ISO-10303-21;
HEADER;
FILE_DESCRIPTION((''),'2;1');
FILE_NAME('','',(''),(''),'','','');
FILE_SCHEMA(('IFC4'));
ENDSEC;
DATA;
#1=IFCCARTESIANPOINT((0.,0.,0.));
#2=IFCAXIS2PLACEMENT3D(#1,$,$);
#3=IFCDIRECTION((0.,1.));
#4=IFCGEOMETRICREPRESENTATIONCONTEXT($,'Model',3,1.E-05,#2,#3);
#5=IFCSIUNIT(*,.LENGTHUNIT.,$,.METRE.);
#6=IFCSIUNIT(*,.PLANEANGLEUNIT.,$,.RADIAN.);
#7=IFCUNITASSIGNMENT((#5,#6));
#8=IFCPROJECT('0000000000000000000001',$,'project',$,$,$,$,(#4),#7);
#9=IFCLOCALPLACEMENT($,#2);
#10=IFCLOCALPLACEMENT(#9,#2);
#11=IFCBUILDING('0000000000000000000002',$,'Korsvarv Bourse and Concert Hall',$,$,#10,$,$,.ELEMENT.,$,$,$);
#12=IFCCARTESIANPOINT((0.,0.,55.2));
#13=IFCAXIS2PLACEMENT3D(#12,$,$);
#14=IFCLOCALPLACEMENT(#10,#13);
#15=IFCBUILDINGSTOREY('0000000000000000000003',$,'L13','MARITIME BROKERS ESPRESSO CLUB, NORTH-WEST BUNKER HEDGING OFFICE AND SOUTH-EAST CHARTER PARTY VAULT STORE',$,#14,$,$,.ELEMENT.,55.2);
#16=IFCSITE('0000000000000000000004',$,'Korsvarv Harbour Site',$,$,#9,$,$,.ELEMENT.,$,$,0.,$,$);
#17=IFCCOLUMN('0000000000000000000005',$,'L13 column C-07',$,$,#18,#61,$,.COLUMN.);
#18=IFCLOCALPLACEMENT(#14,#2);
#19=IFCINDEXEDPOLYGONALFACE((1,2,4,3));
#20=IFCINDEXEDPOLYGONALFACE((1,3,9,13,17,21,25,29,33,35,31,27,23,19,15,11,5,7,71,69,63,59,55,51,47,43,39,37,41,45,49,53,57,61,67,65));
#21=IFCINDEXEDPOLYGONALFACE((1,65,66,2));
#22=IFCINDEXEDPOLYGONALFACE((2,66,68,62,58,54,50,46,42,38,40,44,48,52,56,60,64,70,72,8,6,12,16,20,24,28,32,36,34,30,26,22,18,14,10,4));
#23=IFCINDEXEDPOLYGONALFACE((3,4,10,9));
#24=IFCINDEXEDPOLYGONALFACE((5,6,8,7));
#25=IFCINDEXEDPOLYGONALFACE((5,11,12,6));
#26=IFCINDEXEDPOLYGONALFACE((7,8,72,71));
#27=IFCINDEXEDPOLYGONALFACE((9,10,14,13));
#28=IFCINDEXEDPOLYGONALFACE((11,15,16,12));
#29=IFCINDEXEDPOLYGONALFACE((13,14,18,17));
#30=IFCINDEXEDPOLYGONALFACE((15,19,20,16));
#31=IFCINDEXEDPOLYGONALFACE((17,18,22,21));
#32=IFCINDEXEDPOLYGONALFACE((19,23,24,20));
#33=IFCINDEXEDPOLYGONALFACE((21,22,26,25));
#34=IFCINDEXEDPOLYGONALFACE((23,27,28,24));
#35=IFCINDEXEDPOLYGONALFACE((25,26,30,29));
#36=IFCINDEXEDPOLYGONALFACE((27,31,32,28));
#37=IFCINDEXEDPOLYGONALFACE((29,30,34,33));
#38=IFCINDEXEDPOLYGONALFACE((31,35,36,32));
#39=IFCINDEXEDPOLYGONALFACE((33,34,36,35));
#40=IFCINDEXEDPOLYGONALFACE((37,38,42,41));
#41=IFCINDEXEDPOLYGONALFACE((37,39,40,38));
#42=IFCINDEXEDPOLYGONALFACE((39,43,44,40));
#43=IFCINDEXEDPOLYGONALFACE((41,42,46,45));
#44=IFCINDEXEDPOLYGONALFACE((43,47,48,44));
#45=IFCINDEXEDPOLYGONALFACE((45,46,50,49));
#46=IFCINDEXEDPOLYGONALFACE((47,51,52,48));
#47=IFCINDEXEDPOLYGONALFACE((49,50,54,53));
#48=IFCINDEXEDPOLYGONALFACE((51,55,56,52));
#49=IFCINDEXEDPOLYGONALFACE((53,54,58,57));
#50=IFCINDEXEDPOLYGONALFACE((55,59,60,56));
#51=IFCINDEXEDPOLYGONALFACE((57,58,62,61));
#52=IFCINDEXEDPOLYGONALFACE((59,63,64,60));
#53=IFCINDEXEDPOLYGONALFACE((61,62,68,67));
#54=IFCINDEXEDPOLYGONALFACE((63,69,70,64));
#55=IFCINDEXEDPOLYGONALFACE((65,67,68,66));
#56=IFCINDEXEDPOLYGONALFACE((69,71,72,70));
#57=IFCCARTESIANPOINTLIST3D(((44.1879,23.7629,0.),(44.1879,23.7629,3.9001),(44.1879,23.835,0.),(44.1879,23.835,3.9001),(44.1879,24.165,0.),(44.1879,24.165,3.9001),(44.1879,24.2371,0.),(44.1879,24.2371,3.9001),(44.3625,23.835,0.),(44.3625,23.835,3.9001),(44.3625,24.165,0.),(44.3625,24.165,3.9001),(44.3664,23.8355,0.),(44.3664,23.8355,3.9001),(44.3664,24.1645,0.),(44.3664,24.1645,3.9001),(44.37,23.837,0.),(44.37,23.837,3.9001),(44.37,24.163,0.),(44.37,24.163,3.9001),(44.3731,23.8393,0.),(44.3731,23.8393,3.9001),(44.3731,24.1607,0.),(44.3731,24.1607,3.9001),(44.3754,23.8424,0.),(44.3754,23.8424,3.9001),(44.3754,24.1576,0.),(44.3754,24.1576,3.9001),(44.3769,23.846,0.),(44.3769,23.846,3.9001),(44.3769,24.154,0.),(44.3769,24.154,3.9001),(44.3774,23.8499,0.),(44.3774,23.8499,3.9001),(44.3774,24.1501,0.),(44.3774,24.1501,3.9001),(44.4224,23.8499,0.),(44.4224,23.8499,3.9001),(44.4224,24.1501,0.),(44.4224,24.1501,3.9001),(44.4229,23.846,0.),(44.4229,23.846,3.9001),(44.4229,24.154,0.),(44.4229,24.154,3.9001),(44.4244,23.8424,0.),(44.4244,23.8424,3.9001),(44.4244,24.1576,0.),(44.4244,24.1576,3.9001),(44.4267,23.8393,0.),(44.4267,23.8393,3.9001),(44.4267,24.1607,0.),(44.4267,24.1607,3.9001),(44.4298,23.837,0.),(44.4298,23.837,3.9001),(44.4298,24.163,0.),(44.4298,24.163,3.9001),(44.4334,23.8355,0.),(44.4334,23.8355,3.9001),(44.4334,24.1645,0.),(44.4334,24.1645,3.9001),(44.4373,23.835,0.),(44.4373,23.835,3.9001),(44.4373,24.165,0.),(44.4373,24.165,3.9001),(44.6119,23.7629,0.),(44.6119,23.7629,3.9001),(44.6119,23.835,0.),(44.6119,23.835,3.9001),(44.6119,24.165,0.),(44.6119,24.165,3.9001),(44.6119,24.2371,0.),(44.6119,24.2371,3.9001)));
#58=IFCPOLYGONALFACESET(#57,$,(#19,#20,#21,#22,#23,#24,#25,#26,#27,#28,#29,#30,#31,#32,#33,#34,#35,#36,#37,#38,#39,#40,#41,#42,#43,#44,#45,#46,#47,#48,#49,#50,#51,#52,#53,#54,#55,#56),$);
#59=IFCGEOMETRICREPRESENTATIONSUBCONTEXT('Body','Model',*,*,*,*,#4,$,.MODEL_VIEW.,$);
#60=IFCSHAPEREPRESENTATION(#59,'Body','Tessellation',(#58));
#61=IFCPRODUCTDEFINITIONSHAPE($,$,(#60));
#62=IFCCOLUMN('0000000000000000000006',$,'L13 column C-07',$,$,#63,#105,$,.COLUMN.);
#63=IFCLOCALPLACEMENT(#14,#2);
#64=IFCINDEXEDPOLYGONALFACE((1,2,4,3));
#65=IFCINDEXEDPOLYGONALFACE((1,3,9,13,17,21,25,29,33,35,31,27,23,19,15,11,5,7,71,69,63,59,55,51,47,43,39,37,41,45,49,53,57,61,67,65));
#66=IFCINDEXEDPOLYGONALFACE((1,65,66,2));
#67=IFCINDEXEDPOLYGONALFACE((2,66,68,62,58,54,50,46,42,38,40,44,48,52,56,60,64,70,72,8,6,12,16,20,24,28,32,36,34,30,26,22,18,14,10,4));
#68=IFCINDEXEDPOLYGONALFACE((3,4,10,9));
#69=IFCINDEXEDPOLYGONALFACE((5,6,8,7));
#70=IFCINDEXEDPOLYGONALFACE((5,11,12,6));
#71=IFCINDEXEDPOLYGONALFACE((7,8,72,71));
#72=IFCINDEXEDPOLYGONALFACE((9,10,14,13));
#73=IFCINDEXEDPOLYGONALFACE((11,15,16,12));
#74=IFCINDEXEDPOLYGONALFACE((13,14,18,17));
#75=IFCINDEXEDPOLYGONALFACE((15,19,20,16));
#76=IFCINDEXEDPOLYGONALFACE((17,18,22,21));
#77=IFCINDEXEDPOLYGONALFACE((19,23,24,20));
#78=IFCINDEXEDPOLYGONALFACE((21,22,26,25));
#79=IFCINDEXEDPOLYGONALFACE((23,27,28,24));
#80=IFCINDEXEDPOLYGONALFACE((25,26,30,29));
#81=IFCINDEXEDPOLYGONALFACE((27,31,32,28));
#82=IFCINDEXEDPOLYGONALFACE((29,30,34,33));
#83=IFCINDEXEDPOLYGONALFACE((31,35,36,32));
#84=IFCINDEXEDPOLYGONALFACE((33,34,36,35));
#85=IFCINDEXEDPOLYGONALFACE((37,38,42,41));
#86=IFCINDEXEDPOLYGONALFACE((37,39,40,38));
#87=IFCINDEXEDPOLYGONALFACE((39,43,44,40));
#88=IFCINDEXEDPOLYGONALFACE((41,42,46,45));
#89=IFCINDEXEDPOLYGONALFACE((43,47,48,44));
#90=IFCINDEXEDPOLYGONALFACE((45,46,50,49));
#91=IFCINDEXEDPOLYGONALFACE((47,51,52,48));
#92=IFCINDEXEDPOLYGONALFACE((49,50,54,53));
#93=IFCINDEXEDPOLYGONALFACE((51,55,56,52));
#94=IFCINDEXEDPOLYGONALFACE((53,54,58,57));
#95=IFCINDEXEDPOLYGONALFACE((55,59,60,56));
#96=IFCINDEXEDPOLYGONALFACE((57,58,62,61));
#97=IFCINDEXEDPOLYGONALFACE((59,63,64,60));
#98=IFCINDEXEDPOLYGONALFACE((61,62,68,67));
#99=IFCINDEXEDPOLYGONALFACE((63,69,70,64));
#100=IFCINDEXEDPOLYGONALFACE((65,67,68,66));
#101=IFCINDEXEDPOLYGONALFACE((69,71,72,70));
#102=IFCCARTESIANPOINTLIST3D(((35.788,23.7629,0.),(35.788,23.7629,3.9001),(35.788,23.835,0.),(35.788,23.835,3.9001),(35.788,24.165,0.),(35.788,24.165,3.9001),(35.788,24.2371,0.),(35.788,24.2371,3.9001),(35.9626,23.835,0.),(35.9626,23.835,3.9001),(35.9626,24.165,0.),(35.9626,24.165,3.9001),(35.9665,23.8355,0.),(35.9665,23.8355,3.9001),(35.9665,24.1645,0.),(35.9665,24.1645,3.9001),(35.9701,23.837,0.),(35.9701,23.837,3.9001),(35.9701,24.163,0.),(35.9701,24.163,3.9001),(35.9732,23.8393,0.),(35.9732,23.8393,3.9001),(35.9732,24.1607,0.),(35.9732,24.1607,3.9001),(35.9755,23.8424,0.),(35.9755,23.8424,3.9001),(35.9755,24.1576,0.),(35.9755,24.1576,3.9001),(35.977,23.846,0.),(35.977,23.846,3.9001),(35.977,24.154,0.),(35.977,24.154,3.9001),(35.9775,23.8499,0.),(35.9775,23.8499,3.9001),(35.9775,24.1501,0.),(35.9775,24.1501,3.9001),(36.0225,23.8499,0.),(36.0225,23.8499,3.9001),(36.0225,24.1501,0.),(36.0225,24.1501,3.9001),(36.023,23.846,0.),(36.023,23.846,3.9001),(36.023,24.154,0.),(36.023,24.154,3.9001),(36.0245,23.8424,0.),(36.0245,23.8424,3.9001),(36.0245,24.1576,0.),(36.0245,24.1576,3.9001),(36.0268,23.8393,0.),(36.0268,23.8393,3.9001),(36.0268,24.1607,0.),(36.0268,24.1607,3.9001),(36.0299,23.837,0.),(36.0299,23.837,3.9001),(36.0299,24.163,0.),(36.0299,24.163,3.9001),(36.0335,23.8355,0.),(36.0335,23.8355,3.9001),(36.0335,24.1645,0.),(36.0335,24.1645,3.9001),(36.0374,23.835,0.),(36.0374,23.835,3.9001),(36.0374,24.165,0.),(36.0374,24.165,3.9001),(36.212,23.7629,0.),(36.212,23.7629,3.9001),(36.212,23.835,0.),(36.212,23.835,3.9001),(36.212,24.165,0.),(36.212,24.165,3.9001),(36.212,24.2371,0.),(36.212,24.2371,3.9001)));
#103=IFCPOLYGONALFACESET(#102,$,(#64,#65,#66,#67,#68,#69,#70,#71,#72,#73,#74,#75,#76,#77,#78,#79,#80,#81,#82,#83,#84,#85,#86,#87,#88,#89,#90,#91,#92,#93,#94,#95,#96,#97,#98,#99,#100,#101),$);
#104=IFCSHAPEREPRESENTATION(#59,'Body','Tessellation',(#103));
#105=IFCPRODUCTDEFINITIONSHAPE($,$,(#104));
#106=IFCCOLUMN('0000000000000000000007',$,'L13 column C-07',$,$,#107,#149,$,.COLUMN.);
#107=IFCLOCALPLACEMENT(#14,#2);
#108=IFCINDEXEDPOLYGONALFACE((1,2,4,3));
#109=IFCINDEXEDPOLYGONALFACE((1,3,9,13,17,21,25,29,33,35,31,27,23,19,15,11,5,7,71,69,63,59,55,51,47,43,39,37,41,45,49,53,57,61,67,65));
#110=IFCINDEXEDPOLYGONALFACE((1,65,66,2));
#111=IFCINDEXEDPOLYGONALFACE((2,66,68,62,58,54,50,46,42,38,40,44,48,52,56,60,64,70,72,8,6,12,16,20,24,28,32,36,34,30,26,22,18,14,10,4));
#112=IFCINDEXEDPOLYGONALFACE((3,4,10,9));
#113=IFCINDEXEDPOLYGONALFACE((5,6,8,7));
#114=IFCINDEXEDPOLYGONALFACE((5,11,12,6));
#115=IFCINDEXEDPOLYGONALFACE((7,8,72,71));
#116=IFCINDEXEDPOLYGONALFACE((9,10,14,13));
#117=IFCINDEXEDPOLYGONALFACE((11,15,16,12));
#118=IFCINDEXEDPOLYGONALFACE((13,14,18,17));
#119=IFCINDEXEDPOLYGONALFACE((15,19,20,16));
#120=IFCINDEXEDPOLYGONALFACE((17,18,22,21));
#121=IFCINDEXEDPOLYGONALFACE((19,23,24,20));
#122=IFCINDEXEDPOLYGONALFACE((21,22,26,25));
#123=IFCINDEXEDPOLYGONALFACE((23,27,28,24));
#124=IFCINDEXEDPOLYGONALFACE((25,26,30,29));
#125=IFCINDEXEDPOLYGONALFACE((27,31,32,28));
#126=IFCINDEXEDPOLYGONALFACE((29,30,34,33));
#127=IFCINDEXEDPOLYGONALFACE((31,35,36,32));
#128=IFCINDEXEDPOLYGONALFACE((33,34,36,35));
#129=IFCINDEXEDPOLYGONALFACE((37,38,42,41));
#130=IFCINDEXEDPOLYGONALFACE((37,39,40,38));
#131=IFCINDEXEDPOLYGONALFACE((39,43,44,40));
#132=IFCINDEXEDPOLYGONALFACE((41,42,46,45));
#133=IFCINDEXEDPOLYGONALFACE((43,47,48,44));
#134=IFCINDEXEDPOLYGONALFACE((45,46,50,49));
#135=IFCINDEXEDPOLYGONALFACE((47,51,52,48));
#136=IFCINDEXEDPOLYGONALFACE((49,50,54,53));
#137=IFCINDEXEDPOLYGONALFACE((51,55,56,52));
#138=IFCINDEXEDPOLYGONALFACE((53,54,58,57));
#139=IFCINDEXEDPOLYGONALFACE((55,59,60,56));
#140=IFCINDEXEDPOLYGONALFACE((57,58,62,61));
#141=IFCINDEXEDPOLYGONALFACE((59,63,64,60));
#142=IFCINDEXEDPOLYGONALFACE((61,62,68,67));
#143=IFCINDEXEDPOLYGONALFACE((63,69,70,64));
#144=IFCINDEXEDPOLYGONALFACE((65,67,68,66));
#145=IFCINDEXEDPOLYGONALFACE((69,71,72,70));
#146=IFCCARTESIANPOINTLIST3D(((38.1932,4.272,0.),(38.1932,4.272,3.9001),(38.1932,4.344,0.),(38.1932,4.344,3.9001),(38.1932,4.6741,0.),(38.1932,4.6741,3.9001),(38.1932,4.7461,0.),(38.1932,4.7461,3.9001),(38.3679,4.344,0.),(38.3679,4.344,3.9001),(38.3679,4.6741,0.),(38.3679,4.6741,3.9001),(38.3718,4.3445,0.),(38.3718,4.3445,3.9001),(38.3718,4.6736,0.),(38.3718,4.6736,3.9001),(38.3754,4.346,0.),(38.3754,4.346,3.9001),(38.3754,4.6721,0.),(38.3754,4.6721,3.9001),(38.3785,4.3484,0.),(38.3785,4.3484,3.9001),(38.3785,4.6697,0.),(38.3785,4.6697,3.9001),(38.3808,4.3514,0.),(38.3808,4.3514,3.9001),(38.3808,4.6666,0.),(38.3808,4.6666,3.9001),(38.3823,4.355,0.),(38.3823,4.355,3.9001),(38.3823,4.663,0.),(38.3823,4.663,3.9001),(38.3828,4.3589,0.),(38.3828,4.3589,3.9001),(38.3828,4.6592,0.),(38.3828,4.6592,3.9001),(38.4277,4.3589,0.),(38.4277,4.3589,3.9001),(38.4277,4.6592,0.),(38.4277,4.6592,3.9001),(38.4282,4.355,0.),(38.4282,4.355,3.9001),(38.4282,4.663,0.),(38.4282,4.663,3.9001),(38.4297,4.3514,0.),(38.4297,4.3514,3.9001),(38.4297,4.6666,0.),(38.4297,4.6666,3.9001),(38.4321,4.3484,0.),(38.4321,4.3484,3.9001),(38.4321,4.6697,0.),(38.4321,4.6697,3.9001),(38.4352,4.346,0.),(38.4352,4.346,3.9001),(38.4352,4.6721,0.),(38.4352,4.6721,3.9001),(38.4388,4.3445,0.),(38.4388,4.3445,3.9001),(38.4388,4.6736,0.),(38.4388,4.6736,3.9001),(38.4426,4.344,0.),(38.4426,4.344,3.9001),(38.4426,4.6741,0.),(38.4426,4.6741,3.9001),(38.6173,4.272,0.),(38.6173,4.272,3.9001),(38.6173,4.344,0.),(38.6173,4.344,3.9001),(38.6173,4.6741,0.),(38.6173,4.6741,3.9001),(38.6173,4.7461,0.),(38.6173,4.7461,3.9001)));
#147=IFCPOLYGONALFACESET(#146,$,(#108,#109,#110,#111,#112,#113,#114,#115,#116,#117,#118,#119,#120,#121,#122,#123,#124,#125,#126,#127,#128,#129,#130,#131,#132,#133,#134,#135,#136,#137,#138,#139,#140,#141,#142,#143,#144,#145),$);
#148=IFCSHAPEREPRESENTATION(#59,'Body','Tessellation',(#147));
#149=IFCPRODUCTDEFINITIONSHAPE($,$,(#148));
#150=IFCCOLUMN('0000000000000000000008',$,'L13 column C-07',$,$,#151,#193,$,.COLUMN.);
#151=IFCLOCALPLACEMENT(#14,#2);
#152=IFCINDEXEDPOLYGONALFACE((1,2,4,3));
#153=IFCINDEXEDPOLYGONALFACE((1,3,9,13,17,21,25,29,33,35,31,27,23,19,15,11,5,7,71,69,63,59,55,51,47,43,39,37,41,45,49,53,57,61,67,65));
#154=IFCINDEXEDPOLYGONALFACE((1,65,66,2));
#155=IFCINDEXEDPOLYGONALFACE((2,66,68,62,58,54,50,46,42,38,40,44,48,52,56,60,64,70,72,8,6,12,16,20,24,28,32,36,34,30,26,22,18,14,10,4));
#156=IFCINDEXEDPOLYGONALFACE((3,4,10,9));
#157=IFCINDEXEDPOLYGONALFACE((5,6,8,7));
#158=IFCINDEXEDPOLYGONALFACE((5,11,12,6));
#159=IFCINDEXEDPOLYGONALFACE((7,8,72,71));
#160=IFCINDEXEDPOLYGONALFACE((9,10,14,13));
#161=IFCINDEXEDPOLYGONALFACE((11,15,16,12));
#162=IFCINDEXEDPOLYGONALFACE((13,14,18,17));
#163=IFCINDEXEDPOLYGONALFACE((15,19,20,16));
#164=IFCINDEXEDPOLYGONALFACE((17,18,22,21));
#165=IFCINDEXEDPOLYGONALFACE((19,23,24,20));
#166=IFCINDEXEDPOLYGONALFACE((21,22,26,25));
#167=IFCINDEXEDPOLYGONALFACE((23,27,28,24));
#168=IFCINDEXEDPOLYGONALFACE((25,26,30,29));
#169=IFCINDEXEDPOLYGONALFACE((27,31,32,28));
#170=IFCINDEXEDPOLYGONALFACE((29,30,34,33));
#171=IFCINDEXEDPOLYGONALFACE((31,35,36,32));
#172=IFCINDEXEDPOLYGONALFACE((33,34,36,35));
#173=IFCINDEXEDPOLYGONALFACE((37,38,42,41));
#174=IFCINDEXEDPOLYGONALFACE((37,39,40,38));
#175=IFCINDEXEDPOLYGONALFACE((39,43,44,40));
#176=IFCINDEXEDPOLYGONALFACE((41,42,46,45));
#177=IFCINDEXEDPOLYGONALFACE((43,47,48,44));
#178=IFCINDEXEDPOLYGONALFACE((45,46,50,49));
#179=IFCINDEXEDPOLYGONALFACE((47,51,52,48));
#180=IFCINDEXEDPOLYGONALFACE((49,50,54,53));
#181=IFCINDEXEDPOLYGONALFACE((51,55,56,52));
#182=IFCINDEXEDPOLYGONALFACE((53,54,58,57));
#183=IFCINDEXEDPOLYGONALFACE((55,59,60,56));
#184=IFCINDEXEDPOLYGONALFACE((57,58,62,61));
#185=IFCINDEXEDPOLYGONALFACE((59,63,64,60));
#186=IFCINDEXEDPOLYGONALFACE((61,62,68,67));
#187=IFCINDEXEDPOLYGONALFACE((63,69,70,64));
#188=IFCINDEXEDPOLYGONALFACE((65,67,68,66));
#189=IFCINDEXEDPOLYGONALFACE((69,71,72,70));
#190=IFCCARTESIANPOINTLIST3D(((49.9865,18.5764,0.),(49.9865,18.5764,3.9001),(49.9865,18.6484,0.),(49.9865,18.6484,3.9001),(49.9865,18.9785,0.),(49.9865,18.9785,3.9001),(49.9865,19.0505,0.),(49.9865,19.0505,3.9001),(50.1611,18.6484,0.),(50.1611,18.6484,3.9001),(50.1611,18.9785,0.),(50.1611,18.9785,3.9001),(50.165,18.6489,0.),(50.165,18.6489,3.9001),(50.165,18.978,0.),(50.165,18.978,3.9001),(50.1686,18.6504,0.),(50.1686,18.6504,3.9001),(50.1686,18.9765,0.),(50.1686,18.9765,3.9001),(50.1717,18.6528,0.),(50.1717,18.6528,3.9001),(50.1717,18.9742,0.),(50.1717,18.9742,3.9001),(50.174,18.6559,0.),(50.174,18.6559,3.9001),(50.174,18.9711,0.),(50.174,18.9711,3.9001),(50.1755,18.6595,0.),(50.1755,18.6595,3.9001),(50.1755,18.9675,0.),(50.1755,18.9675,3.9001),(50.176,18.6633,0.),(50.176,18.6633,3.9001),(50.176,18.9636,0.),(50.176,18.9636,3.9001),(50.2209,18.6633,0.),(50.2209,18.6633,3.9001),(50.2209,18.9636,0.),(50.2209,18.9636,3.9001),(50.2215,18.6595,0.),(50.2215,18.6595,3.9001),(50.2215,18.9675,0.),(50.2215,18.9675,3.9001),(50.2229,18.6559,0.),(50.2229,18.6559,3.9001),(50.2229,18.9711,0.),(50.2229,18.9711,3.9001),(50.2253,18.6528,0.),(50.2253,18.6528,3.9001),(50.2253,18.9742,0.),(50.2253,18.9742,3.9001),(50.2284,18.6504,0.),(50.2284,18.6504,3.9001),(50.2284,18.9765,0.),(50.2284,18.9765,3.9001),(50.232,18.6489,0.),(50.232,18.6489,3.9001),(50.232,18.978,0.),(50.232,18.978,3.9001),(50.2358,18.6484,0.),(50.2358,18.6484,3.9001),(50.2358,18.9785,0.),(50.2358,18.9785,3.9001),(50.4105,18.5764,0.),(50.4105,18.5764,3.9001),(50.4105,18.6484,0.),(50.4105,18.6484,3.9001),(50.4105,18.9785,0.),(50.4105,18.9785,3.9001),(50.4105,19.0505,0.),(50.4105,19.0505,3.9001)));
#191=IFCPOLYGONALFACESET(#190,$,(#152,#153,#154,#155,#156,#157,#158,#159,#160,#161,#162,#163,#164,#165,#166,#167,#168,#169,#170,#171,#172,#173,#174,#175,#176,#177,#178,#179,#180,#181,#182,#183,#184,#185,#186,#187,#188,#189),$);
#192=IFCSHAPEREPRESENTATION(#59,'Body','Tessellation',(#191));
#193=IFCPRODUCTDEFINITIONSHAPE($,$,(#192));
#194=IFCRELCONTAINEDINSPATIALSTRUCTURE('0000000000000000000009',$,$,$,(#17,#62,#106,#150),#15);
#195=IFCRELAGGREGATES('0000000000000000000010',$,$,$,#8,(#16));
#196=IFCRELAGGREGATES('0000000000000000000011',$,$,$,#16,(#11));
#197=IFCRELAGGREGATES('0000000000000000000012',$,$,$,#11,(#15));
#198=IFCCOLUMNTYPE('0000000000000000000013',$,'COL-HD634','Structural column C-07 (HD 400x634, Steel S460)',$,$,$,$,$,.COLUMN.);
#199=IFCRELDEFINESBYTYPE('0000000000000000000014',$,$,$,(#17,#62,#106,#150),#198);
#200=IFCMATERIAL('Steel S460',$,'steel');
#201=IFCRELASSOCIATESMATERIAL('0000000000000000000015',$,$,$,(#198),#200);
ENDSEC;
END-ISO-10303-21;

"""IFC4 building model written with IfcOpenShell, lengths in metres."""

from ifc_helpers import new_model, si_unit, direction, frame, origin, origin_2d, place, context, subcontext, project, spatial, i_section, extrude, source, transform, mapped, material, material_profile, profile_set, type_object, element, save


model = new_model("IFC4")

# Units and contexts
model_context = context("Model", 3, precision=1e-05, world=origin(), true_north=direction((0.0, 1.0)))
body_context = subcontext(model_context, "Body", "Model", "MODEL_VIEW")
ifc_project = project(units=[si_unit("LENGTHUNIT", "METRE"), si_unit("PLANEANGLEUNIT", "RADIAN")], contexts=[model_context])

# Site, building, storey
site_placement = place(None, origin())
site = spatial("IfcSite", under=ifc_project, at=site_placement, Name="Korsvarv Harbour Site", CompositionType="ELEMENT", RefElevation=0.0)
building_placement = place(site_placement, origin())
building = spatial("IfcBuilding", under=site, at=building_placement, Name="Korsvarv Bourse and Concert Hall", CompositionType="ELEMENT")
storey_placement = place(building_placement, frame((0.0, 0.0, 55.2)))
storey = spatial("IfcBuildingStorey", under=building, at=storey_placement, Name="L13", Description="MARITIME BROKERS ESPRESSO CLUB, NORTH-WEST BUNKER HEDGING OFFICE AND SOUTH-EAST CHARTER PARTY VAULT STORE", CompositionType="ELEMENT", Elevation=55.2)

# Columns
ifc_material_1 = material(Name="Steel S460", Category="steel")
ifc_material_profile_1 = material_profile(ifc_material_1, i_section(OverallWidth=0.4241, OverallDepth=0.4741, WebThickness=0.0449, FlangeThickness=0.072, FilletRadius=0.0149, at=origin_2d()), Name="HD 400x634")
ifc_profile_set_1 = profile_set([ifc_material_profile_1], Name="Steel S460")
column_type = type_object("IfcColumnType", Name="COL-HD634", Description="Structural column C-07 (HD 400x634, Steel S460)", PredefinedType="COLUMN", material=ifc_profile_set_1)
shared_shape_1 = source(origin(), body_context, "Body", "SweptSolid", [
    extrude(i_section(OverallWidth=0.4241, OverallDepth=0.4741, WebThickness=0.0449, FlangeThickness=0.072, FilletRadius=0.0149, at=origin_2d()), origin(), (0.0, 0.0, 1.0), 3.9001),
])
for number, where, z_axis, x_axis, name in (
    (1, (44.3999, 24.0, 0.0), (0.0, 0.0, 1.0), (1.0, 0.0, 0.0), "L13 column C-07"),
    (2, (36.0, 24.0, 0.0), (0.0, 0.0, 1.0), (1.0, 0.0, 0.0), "L13 column C-07"),
    (3, (38.4053, 4.509, 0.0), (0.0, 0.0, 1.0), (1.0, 0.0, 0.0), "L13 column C-07"),
    (4, (50.1985, 18.8135, 0.0), (0.0, 0.0, 1.0), (1.0, 0.0, 0.0), "L13 column C-07"),
):
    element("IfcColumn", number, at=place(storey_placement, frame(where, z_axis=z_axis, x_axis=x_axis)), inside=storey, type_object=column_type, Name=name, PredefinedType="COLUMN", context=body_context, shape_type="MappedRepresentation", body=[
        mapped(shared_shape_1, transform((0.0, 0.0, 0.0), scale=1.0)),
    ])

save(model, "model.ifc")
